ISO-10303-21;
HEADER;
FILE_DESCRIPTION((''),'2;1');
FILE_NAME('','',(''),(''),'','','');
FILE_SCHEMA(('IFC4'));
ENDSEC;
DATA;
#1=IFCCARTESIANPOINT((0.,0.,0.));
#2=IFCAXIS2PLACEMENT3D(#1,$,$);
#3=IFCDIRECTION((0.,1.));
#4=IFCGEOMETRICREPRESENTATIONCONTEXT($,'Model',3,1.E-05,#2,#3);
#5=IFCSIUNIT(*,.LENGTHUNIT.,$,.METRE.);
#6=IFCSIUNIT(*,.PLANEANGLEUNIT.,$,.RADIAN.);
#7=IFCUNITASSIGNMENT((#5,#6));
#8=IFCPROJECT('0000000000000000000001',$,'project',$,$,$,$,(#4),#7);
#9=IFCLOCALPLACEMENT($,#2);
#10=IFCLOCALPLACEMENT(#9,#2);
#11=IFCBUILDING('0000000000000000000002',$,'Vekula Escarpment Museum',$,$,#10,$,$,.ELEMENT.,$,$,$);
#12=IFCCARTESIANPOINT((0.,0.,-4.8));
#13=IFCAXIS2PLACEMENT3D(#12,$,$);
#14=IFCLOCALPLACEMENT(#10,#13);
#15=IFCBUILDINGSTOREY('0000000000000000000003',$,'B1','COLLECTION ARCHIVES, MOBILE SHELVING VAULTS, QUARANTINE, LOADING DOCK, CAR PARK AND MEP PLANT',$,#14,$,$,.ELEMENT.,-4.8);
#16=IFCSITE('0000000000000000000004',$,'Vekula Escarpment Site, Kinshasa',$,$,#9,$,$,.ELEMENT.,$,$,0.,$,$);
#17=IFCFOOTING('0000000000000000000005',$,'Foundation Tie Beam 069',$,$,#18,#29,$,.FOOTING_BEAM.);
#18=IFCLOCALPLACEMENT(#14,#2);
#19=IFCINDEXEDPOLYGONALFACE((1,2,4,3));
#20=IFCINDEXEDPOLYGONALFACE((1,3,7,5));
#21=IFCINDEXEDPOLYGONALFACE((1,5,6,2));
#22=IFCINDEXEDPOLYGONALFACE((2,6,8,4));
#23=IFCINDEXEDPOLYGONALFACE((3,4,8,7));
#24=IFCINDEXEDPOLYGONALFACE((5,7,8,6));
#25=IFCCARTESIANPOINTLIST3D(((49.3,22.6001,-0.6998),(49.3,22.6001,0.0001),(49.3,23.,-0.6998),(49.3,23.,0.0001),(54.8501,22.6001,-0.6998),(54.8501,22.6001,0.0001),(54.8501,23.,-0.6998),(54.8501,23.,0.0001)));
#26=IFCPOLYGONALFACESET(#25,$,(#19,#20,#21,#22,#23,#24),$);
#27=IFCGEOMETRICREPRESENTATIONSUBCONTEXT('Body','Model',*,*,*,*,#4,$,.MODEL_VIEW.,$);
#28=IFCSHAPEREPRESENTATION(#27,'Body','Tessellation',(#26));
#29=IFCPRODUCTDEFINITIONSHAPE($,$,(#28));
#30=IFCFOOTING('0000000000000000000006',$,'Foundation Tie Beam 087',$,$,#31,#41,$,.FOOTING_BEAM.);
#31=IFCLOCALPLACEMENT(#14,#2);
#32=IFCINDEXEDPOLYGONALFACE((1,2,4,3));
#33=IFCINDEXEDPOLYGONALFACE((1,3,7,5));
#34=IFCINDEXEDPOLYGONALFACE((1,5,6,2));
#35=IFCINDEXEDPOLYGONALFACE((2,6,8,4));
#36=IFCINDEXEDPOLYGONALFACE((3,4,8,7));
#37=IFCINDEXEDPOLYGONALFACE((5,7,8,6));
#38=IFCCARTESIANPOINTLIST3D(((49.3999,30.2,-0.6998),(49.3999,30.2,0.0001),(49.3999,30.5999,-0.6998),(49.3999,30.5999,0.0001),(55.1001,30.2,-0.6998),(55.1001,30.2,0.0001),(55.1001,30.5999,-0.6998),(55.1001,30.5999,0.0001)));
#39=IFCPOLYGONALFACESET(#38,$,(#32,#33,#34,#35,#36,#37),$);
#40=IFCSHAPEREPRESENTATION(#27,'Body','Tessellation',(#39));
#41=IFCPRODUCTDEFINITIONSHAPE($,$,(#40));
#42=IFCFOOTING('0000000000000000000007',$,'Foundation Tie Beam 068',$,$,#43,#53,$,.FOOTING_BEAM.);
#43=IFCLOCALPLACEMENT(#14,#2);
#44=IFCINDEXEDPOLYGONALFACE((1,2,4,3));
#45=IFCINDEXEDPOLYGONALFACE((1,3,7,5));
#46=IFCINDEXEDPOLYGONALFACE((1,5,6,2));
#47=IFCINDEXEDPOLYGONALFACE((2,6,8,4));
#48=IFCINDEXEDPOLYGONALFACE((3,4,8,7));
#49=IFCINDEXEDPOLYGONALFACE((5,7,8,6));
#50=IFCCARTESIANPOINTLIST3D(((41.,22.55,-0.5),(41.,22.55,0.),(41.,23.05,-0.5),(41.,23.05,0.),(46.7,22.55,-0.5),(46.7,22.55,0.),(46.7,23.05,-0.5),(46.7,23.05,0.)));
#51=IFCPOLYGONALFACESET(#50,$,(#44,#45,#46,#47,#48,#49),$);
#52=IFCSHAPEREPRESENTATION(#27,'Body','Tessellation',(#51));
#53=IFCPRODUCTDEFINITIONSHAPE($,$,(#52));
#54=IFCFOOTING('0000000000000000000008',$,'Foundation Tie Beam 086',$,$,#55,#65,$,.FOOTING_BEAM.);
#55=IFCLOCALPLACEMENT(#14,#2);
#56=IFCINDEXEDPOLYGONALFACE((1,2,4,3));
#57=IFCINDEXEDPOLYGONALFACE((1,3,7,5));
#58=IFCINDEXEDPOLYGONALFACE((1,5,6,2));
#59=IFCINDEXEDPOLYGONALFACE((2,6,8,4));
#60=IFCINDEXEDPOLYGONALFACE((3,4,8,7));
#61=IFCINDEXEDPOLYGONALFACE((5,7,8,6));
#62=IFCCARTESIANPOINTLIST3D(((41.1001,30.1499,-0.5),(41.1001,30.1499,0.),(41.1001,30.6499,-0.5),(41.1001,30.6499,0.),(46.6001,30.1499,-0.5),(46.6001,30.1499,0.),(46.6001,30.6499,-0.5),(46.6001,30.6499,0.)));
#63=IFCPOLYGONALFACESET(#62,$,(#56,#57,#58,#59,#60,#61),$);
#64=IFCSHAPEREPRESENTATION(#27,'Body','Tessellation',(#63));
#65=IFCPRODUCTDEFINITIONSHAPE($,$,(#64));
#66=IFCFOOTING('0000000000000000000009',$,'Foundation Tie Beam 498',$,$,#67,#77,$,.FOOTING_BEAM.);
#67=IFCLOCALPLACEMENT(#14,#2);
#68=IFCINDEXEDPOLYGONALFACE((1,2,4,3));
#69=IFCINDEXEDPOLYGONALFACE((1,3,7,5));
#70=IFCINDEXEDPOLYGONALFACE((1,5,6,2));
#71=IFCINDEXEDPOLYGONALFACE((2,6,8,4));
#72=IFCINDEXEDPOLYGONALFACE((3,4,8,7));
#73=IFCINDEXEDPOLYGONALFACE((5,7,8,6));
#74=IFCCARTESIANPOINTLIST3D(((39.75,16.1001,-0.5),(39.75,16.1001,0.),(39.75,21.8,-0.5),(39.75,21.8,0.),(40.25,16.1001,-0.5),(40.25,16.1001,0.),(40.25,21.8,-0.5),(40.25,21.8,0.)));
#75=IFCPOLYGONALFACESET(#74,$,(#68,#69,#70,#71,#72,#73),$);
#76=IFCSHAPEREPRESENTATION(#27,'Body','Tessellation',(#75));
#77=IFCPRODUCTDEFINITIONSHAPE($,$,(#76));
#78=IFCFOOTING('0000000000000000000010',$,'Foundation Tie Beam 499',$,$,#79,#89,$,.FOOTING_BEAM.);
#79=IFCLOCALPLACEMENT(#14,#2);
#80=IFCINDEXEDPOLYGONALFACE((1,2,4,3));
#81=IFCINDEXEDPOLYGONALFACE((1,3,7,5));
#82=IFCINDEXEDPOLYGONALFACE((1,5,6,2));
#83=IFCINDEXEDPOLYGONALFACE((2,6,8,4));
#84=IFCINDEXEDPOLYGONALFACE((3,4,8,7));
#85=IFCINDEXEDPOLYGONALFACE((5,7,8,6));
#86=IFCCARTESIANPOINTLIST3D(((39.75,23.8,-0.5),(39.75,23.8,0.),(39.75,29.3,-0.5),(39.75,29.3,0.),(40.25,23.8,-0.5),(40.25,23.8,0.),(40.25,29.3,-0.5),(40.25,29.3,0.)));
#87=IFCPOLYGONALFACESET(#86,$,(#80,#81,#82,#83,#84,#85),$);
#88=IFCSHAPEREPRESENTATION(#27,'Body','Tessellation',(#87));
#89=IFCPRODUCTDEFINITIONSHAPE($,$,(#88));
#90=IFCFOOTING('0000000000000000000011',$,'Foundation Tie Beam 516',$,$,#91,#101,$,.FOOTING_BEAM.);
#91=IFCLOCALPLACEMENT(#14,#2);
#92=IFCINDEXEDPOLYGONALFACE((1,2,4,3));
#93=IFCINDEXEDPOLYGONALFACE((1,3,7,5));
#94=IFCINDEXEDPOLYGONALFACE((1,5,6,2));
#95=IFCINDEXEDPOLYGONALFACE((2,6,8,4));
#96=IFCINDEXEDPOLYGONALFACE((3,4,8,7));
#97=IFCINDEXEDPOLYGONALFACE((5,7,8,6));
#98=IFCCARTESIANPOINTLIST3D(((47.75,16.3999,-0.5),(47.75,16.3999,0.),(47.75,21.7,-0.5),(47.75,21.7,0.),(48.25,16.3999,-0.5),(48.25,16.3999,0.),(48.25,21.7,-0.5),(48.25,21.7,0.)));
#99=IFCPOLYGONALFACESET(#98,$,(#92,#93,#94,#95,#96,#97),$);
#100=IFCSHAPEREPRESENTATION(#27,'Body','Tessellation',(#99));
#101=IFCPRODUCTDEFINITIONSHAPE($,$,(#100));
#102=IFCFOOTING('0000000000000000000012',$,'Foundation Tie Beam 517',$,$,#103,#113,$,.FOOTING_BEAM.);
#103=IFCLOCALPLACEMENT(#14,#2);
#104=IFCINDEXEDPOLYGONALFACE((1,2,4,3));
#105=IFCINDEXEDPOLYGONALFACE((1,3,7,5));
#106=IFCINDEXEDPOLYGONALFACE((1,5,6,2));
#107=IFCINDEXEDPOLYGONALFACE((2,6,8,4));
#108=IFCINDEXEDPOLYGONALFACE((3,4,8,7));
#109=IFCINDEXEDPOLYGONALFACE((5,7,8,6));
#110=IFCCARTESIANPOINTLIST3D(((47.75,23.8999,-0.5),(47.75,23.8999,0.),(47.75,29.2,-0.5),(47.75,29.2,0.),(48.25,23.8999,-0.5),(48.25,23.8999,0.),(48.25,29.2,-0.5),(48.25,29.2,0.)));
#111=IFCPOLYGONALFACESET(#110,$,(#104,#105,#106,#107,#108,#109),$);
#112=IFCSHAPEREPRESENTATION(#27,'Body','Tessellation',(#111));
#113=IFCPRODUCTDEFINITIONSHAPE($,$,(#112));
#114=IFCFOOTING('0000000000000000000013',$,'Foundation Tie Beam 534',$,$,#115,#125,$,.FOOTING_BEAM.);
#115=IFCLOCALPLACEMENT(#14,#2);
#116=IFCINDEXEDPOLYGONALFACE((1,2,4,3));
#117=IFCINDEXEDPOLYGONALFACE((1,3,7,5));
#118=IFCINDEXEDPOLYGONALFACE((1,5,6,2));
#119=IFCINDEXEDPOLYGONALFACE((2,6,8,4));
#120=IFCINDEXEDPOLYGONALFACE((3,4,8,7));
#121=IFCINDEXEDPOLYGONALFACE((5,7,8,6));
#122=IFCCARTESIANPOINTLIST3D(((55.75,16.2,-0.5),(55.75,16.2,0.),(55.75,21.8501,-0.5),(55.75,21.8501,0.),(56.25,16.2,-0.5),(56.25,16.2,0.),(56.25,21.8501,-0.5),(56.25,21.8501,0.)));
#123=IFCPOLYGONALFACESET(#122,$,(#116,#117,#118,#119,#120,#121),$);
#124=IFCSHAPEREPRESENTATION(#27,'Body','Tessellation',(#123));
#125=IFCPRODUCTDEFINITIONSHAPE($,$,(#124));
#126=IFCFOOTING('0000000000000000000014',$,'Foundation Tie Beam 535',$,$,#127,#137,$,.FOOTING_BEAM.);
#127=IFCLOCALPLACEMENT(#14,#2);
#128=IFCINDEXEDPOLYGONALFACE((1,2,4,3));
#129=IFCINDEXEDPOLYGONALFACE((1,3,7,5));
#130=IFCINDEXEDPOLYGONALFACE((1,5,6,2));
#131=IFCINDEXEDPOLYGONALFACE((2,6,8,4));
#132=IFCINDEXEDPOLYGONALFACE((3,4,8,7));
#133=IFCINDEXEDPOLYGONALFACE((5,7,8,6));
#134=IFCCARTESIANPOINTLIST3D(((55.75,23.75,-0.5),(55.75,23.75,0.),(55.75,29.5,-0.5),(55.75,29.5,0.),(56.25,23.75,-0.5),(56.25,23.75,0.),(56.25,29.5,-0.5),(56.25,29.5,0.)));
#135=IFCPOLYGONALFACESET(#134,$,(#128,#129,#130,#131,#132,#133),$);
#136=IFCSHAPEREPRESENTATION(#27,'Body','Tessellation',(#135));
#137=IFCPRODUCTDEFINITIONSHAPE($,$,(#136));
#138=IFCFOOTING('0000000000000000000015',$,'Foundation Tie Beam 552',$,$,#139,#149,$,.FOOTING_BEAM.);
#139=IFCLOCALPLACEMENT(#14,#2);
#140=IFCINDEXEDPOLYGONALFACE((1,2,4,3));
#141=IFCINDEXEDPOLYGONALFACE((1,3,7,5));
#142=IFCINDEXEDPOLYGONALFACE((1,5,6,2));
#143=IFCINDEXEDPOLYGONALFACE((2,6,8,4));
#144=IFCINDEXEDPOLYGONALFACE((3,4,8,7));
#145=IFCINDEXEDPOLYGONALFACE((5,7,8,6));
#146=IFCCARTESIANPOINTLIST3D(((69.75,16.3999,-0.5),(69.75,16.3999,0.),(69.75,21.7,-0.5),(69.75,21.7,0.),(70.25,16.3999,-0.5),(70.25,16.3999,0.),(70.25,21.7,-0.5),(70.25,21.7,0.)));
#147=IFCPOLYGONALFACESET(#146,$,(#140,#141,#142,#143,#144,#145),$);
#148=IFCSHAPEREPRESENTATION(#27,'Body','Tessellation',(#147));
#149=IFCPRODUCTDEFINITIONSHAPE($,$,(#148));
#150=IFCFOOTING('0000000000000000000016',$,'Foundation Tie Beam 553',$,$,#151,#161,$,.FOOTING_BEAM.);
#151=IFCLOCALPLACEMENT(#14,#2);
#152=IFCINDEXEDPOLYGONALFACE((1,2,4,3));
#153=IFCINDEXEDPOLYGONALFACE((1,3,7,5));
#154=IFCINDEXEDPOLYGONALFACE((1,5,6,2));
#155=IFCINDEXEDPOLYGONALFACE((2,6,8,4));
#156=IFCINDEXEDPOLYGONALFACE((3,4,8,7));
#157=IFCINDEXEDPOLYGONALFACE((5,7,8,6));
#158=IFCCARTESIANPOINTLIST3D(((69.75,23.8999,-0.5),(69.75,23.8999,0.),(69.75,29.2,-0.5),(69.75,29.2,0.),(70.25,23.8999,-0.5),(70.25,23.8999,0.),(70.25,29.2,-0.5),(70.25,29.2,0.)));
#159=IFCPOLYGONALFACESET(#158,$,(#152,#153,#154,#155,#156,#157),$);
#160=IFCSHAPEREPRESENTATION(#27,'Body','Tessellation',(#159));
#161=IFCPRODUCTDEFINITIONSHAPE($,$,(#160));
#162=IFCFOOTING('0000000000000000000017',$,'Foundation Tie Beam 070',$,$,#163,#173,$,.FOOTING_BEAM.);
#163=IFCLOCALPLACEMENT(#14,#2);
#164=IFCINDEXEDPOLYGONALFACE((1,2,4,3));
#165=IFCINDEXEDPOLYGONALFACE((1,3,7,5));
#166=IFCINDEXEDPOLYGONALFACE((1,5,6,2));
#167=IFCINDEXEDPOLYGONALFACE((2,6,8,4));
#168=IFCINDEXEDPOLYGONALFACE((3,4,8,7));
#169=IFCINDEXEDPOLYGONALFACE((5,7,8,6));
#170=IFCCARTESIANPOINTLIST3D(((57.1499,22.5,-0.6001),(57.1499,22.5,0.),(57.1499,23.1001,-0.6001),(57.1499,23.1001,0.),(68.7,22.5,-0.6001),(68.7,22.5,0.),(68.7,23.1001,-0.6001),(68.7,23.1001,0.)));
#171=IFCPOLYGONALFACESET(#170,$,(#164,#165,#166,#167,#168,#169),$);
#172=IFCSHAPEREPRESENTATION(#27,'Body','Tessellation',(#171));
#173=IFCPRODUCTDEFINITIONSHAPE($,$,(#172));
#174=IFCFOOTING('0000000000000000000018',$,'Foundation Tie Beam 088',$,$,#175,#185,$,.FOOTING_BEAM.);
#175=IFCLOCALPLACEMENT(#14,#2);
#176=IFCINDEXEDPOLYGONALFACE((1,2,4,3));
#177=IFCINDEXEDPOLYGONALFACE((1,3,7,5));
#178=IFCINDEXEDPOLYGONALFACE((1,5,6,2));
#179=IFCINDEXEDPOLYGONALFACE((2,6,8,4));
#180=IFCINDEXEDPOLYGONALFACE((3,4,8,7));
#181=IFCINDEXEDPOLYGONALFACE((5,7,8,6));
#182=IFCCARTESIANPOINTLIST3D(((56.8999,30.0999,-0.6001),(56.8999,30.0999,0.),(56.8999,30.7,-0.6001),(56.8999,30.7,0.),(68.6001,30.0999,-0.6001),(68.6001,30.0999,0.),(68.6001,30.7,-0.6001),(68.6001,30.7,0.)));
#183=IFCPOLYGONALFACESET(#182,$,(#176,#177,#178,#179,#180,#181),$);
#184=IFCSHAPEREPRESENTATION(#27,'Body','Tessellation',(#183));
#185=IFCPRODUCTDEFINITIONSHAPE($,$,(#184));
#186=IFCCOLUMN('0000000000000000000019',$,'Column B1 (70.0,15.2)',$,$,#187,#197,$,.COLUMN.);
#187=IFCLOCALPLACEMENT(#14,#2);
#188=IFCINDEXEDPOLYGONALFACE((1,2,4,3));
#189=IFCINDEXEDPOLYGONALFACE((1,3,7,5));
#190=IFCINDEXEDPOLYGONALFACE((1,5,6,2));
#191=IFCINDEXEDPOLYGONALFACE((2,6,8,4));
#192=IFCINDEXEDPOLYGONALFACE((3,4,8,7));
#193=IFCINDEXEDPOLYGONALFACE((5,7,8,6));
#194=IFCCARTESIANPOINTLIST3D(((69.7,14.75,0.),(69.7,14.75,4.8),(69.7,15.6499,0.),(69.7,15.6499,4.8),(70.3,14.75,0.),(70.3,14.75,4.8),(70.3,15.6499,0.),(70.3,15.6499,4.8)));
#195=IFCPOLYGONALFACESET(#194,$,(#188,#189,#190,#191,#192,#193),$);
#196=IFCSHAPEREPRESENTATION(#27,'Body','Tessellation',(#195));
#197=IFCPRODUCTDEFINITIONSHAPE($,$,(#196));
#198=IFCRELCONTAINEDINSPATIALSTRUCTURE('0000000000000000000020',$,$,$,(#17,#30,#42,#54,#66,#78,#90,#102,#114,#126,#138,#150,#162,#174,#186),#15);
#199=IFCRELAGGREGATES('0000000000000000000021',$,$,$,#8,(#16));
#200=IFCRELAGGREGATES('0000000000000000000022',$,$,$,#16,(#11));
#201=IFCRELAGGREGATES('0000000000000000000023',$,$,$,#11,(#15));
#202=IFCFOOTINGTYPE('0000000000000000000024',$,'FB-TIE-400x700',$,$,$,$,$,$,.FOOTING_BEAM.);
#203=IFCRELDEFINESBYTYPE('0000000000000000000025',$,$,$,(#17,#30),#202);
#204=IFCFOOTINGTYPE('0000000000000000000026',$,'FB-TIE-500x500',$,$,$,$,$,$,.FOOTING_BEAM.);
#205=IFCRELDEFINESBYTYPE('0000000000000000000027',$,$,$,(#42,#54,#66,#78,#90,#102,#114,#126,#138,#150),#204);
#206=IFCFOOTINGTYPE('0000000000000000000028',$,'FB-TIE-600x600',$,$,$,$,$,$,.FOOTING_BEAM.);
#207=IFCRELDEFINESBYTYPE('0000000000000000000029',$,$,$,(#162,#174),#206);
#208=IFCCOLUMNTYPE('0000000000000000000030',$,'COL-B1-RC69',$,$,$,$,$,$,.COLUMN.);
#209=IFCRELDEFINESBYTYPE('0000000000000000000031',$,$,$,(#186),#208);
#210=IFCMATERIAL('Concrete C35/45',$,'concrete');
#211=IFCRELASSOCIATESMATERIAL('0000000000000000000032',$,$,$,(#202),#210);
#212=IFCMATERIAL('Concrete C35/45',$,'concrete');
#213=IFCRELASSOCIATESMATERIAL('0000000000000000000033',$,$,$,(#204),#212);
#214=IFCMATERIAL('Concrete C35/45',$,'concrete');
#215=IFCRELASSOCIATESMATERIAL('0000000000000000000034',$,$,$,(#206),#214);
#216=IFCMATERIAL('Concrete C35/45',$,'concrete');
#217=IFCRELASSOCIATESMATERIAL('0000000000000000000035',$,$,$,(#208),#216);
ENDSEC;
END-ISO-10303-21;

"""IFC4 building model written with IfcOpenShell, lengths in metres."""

from ifc_helpers import new_model, si_unit, direction, frame, origin, origin_2d, place, context, subcontext, project, spatial, rectangle, extrude, material, material_profile, profile_set, type_object, element, save


model = new_model("IFC4")

# Units and contexts
model_context = context("Model", 3, precision=1e-05, world=origin(), true_north=direction((0.0, 1.0)))
body_context = subcontext(model_context, "Body", "Model", "MODEL_VIEW")
ifc_project = project(units=[si_unit("LENGTHUNIT", "METRE"), si_unit("PLANEANGLEUNIT", "RADIAN")], contexts=[model_context])

# Site, building, storey
site_placement = place(None, origin())
site = spatial("IfcSite", under=ifc_project, at=site_placement, Name="Vekula Escarpment Site, Kinshasa", CompositionType="ELEMENT", RefElevation=0.0)
building_placement = place(site_placement, origin())
building = spatial("IfcBuilding", under=site, at=building_placement, Name="Vekula Escarpment Museum", CompositionType="ELEMENT")
storey_placement = place(building_placement, frame((0.0, 0.0, -4.8)))
storey = spatial("IfcBuildingStorey", under=building, at=storey_placement, Name="B1", Description="COLLECTION ARCHIVES, MOBILE SHELVING VAULTS, QUARANTINE, LOADING DOCK, CAR PARK AND MEP PLANT", CompositionType="ELEMENT", Elevation=-4.8)

# Footings
ifc_material_1 = material(Name="Concrete C35/45", Category="concrete")
ifc_material_profile_1 = material_profile(ifc_material_1, rectangle(XDim=0.3999, YDim=0.7, at=origin_2d()), Name="RC 400x700")
ifc_profile_set_1 = profile_set([ifc_material_profile_1], Name="Concrete C35/45")
footing_type_1 = type_object("IfcFootingType", Name="FB-TIE-400x700", PredefinedType="FOOTING_BEAM", material=ifc_profile_set_1)
footing_1_placement = place(storey_placement, frame((49.3, 22.8, -0.3499), z_axis=(1.0, 0.0, 0.0), x_axis=(0.0, 1.0, 0.0)))
element("IfcFooting", 1, at=footing_1_placement, inside=storey, type_object=footing_type_1, Name="Foundation Tie Beam 069", PredefinedType="FOOTING_BEAM", context=body_context, shape_type="SweptSolid", body=[
    extrude(rectangle(XDim=0.3999, YDim=0.7, at=origin_2d()), origin(), (0.0, 0.0, 1.0), 5.55),
])
footing_2_placement = place(storey_placement, frame((49.3999, 30.3999, -0.3499), z_axis=(1.0, 0.0, 0.0), x_axis=(0.0, 1.0, 0.0)))
element("IfcFooting", 2, at=footing_2_placement, inside=storey, type_object=footing_type_1, Name="Foundation Tie Beam 087", PredefinedType="FOOTING_BEAM", context=body_context, shape_type="SweptSolid", body=[
    extrude(rectangle(XDim=0.3999, YDim=0.7, at=origin_2d()), origin(), (0.0, 0.0, 1.0), 5.7002),
])
ifc_material_2 = material(Name="Concrete C35/45", Category="concrete")
ifc_material_profile_2 = material_profile(ifc_material_2, rectangle(XDim=0.5, YDim=0.5, at=origin_2d()), Name="RC 500x500")
ifc_profile_set_2 = profile_set([ifc_material_profile_2], Name="Concrete C35/45")
footing_type_2 = type_object("IfcFootingType", Name="FB-TIE-500x500", PredefinedType="FOOTING_BEAM", material=ifc_profile_set_2)
footing_3_placement = place(storey_placement, frame((41.0, 22.8, -0.25), z_axis=(1.0, 0.0, 0.0), x_axis=(0.0, 1.0, 0.0)))
element("IfcFooting", 3, at=footing_3_placement, inside=storey, type_object=footing_type_2, Name="Foundation Tie Beam 068", PredefinedType="FOOTING_BEAM", context=body_context, shape_type="SweptSolid", body=[
    extrude(rectangle(XDim=0.5, YDim=0.5, at=origin_2d()), origin(), (0.0, 0.0, 1.0), 5.7),
])
footing_4_placement = place(storey_placement, frame((41.1001, 30.3999, -0.25), z_axis=(1.0, 0.0, 0.0), x_axis=(0.0, 1.0, 0.0)))
element("IfcFooting", 4, at=footing_4_placement, inside=storey, type_object=footing_type_2, Name="Foundation Tie Beam 086", PredefinedType="FOOTING_BEAM", context=body_context, shape_type="SweptSolid", body=[
    extrude(rectangle(XDim=0.5, YDim=0.5, at=origin_2d()), origin(), (0.0, 0.0, 1.0), 5.5),
])
footing_5_placement = place(storey_placement, frame((40.0, 16.1001, -0.25), z_axis=(0.0, 1.0, 0.0), x_axis=(-1.0, 0.0, 0.0)))
element("IfcFooting", 5, at=footing_5_placement, inside=storey, type_object=footing_type_2, Name="Foundation Tie Beam 498", PredefinedType="FOOTING_BEAM", context=body_context, shape_type="SweptSolid", body=[
    extrude(rectangle(XDim=0.5, YDim=0.5, at=origin_2d()), origin(), (0.0, 0.0, 1.0), 5.7),
])
footing_6_placement = place(storey_placement, frame((40.0, 23.8, -0.25), z_axis=(0.0, 1.0, 0.0), x_axis=(-1.0, 0.0, 0.0)))
element("IfcFooting", 6, at=footing_6_placement, inside=storey, type_object=footing_type_2, Name="Foundation Tie Beam 499", PredefinedType="FOOTING_BEAM", context=body_context, shape_type="SweptSolid", body=[
    extrude(rectangle(XDim=0.5, YDim=0.5, at=origin_2d()), origin(), (0.0, 0.0, 1.0), 5.5),
])
for number, where, z_axis, x_axis, name in (
    (7, (48.0, 16.3999, -0.25), (0.0, 1.0, 0.0), (-1.0, 0.0, 0.0), "Foundation Tie Beam 516"),
    (8, (48.0, 23.8999, -0.25), (0.0, 1.0, 0.0), (-1.0, 0.0, 0.0), "Foundation Tie Beam 517"),
):
    element("IfcFooting", number, at=place(storey_placement, frame(where, z_axis=z_axis, x_axis=x_axis)), inside=storey, type_object=footing_type_2, Name=name, PredefinedType="FOOTING_BEAM", context=body_context, shape_type="SweptSolid", body=[
        extrude(rectangle(XDim=0.5, YDim=0.5, at=origin_2d()), origin(), (0.0, 0.0, 1.0), 5.3),
    ])
footing_7_placement = place(storey_placement, frame((56.0, 16.2, -0.25), z_axis=(0.0, 1.0, 0.0), x_axis=(-1.0, 0.0, 0.0)))
element("IfcFooting", 9, at=footing_7_placement, inside=storey, type_object=footing_type_2, Name="Foundation Tie Beam 534", PredefinedType="FOOTING_BEAM", context=body_context, shape_type="SweptSolid", body=[
    extrude(rectangle(XDim=0.5, YDim=0.5, at=origin_2d()), origin(), (0.0, 0.0, 1.0), 5.6501),
])
footing_8_placement = place(storey_placement, frame((56.0, 23.75, -0.25), z_axis=(0.0, 1.0, 0.0), x_axis=(-1.0, 0.0, 0.0)))
element("IfcFooting", 10, at=footing_8_placement, inside=storey, type_object=footing_type_2, Name="Foundation Tie Beam 535", PredefinedType="FOOTING_BEAM", context=body_context, shape_type="SweptSolid", body=[
    extrude(rectangle(XDim=0.5, YDim=0.5, at=origin_2d()), origin(), (0.0, 0.0, 1.0), 5.75),
])
for number, where, z_axis, x_axis, name in (
    (11, (70.0, 16.3999, -0.25), (0.0, 1.0, 0.0), (-1.0, 0.0, 0.0), "Foundation Tie Beam 552"),
    (12, (70.0, 23.8999, -0.25), (0.0, 1.0, 0.0), (-1.0, 0.0, 0.0), "Foundation Tie Beam 553"),
):
    element("IfcFooting", number, at=place(storey_placement, frame(where, z_axis=z_axis, x_axis=x_axis)), inside=storey, type_object=footing_type_2, Name=name, PredefinedType="FOOTING_BEAM", context=body_context, shape_type="SweptSolid", body=[
        extrude(rectangle(XDim=0.5, YDim=0.5, at=origin_2d()), origin(), (0.0, 0.0, 1.0), 5.3),
    ])
ifc_material_3 = material(Name="Concrete C35/45", Category="concrete")
ifc_material_profile_3 = material_profile(ifc_material_3, rectangle(XDim=0.6001, YDim=0.6001, at=origin_2d()), Name="RC 600x600")
ifc_profile_set_3 = profile_set([ifc_material_profile_3], Name="Concrete C35/45")
footing_type_3 = type_object("IfcFootingType", Name="FB-TIE-600x600", PredefinedType="FOOTING_BEAM", material=ifc_profile_set_3)
footing_9_placement = place(storey_placement, frame((57.1499, 22.8, -0.3), z_axis=(1.0, 0.0, 0.0), x_axis=(0.0, 1.0, 0.0)))
element("IfcFooting", 13, at=footing_9_placement, inside=storey, type_object=footing_type_3, Name="Foundation Tie Beam 070", PredefinedType="FOOTING_BEAM", context=body_context, shape_type="SweptSolid", body=[
    extrude(rectangle(XDim=0.6001, YDim=0.6001, at=origin_2d()), origin(), (0.0, 0.0, 1.0), 11.55),
])
footing_10_placement = place(storey_placement, frame((56.8999, 30.3999, -0.3), z_axis=(1.0, 0.0, 0.0), x_axis=(0.0, 1.0, 0.0)))
element("IfcFooting", 14, at=footing_10_placement, inside=storey, type_object=footing_type_3, Name="Foundation Tie Beam 088", PredefinedType="FOOTING_BEAM", context=body_context, shape_type="SweptSolid", body=[
    extrude(rectangle(XDim=0.6001, YDim=0.6001, at=origin_2d()), origin(), (0.0, 0.0, 1.0), 11.7002),
])

# Column
ifc_material_4 = material(Name="Concrete C35/45", Category="concrete")
ifc_material_profile_4 = material_profile(ifc_material_4, rectangle(XDim=0.6001, YDim=0.8999, at=origin_2d()), Name="RC 600x900")
ifc_profile_set_4 = profile_set([ifc_material_profile_4], Name="Concrete C35/45")
column_type_1 = type_object("IfcColumnType", Name="COL-B1-RC69", PredefinedType="COLUMN", material=ifc_profile_set_4)
column_1_placement = place(storey_placement, frame((70.0, 15.2, 0.0), z_axis=(0.0, 0.0, 1.0), x_axis=(1.0, 0.0, 0.0)))
element("IfcColumn", 15, at=column_1_placement, inside=storey, type_object=column_type_1, Name="Column B1 (70.0,15.2)", PredefinedType="COLUMN", context=body_context, shape_type="SweptSolid", body=[
    extrude(rectangle(XDim=0.6001, YDim=0.8999, at=origin_2d()), origin(), (0.0, 0.0, 1.0), 4.8),
])

save(model, "model.ifc")
